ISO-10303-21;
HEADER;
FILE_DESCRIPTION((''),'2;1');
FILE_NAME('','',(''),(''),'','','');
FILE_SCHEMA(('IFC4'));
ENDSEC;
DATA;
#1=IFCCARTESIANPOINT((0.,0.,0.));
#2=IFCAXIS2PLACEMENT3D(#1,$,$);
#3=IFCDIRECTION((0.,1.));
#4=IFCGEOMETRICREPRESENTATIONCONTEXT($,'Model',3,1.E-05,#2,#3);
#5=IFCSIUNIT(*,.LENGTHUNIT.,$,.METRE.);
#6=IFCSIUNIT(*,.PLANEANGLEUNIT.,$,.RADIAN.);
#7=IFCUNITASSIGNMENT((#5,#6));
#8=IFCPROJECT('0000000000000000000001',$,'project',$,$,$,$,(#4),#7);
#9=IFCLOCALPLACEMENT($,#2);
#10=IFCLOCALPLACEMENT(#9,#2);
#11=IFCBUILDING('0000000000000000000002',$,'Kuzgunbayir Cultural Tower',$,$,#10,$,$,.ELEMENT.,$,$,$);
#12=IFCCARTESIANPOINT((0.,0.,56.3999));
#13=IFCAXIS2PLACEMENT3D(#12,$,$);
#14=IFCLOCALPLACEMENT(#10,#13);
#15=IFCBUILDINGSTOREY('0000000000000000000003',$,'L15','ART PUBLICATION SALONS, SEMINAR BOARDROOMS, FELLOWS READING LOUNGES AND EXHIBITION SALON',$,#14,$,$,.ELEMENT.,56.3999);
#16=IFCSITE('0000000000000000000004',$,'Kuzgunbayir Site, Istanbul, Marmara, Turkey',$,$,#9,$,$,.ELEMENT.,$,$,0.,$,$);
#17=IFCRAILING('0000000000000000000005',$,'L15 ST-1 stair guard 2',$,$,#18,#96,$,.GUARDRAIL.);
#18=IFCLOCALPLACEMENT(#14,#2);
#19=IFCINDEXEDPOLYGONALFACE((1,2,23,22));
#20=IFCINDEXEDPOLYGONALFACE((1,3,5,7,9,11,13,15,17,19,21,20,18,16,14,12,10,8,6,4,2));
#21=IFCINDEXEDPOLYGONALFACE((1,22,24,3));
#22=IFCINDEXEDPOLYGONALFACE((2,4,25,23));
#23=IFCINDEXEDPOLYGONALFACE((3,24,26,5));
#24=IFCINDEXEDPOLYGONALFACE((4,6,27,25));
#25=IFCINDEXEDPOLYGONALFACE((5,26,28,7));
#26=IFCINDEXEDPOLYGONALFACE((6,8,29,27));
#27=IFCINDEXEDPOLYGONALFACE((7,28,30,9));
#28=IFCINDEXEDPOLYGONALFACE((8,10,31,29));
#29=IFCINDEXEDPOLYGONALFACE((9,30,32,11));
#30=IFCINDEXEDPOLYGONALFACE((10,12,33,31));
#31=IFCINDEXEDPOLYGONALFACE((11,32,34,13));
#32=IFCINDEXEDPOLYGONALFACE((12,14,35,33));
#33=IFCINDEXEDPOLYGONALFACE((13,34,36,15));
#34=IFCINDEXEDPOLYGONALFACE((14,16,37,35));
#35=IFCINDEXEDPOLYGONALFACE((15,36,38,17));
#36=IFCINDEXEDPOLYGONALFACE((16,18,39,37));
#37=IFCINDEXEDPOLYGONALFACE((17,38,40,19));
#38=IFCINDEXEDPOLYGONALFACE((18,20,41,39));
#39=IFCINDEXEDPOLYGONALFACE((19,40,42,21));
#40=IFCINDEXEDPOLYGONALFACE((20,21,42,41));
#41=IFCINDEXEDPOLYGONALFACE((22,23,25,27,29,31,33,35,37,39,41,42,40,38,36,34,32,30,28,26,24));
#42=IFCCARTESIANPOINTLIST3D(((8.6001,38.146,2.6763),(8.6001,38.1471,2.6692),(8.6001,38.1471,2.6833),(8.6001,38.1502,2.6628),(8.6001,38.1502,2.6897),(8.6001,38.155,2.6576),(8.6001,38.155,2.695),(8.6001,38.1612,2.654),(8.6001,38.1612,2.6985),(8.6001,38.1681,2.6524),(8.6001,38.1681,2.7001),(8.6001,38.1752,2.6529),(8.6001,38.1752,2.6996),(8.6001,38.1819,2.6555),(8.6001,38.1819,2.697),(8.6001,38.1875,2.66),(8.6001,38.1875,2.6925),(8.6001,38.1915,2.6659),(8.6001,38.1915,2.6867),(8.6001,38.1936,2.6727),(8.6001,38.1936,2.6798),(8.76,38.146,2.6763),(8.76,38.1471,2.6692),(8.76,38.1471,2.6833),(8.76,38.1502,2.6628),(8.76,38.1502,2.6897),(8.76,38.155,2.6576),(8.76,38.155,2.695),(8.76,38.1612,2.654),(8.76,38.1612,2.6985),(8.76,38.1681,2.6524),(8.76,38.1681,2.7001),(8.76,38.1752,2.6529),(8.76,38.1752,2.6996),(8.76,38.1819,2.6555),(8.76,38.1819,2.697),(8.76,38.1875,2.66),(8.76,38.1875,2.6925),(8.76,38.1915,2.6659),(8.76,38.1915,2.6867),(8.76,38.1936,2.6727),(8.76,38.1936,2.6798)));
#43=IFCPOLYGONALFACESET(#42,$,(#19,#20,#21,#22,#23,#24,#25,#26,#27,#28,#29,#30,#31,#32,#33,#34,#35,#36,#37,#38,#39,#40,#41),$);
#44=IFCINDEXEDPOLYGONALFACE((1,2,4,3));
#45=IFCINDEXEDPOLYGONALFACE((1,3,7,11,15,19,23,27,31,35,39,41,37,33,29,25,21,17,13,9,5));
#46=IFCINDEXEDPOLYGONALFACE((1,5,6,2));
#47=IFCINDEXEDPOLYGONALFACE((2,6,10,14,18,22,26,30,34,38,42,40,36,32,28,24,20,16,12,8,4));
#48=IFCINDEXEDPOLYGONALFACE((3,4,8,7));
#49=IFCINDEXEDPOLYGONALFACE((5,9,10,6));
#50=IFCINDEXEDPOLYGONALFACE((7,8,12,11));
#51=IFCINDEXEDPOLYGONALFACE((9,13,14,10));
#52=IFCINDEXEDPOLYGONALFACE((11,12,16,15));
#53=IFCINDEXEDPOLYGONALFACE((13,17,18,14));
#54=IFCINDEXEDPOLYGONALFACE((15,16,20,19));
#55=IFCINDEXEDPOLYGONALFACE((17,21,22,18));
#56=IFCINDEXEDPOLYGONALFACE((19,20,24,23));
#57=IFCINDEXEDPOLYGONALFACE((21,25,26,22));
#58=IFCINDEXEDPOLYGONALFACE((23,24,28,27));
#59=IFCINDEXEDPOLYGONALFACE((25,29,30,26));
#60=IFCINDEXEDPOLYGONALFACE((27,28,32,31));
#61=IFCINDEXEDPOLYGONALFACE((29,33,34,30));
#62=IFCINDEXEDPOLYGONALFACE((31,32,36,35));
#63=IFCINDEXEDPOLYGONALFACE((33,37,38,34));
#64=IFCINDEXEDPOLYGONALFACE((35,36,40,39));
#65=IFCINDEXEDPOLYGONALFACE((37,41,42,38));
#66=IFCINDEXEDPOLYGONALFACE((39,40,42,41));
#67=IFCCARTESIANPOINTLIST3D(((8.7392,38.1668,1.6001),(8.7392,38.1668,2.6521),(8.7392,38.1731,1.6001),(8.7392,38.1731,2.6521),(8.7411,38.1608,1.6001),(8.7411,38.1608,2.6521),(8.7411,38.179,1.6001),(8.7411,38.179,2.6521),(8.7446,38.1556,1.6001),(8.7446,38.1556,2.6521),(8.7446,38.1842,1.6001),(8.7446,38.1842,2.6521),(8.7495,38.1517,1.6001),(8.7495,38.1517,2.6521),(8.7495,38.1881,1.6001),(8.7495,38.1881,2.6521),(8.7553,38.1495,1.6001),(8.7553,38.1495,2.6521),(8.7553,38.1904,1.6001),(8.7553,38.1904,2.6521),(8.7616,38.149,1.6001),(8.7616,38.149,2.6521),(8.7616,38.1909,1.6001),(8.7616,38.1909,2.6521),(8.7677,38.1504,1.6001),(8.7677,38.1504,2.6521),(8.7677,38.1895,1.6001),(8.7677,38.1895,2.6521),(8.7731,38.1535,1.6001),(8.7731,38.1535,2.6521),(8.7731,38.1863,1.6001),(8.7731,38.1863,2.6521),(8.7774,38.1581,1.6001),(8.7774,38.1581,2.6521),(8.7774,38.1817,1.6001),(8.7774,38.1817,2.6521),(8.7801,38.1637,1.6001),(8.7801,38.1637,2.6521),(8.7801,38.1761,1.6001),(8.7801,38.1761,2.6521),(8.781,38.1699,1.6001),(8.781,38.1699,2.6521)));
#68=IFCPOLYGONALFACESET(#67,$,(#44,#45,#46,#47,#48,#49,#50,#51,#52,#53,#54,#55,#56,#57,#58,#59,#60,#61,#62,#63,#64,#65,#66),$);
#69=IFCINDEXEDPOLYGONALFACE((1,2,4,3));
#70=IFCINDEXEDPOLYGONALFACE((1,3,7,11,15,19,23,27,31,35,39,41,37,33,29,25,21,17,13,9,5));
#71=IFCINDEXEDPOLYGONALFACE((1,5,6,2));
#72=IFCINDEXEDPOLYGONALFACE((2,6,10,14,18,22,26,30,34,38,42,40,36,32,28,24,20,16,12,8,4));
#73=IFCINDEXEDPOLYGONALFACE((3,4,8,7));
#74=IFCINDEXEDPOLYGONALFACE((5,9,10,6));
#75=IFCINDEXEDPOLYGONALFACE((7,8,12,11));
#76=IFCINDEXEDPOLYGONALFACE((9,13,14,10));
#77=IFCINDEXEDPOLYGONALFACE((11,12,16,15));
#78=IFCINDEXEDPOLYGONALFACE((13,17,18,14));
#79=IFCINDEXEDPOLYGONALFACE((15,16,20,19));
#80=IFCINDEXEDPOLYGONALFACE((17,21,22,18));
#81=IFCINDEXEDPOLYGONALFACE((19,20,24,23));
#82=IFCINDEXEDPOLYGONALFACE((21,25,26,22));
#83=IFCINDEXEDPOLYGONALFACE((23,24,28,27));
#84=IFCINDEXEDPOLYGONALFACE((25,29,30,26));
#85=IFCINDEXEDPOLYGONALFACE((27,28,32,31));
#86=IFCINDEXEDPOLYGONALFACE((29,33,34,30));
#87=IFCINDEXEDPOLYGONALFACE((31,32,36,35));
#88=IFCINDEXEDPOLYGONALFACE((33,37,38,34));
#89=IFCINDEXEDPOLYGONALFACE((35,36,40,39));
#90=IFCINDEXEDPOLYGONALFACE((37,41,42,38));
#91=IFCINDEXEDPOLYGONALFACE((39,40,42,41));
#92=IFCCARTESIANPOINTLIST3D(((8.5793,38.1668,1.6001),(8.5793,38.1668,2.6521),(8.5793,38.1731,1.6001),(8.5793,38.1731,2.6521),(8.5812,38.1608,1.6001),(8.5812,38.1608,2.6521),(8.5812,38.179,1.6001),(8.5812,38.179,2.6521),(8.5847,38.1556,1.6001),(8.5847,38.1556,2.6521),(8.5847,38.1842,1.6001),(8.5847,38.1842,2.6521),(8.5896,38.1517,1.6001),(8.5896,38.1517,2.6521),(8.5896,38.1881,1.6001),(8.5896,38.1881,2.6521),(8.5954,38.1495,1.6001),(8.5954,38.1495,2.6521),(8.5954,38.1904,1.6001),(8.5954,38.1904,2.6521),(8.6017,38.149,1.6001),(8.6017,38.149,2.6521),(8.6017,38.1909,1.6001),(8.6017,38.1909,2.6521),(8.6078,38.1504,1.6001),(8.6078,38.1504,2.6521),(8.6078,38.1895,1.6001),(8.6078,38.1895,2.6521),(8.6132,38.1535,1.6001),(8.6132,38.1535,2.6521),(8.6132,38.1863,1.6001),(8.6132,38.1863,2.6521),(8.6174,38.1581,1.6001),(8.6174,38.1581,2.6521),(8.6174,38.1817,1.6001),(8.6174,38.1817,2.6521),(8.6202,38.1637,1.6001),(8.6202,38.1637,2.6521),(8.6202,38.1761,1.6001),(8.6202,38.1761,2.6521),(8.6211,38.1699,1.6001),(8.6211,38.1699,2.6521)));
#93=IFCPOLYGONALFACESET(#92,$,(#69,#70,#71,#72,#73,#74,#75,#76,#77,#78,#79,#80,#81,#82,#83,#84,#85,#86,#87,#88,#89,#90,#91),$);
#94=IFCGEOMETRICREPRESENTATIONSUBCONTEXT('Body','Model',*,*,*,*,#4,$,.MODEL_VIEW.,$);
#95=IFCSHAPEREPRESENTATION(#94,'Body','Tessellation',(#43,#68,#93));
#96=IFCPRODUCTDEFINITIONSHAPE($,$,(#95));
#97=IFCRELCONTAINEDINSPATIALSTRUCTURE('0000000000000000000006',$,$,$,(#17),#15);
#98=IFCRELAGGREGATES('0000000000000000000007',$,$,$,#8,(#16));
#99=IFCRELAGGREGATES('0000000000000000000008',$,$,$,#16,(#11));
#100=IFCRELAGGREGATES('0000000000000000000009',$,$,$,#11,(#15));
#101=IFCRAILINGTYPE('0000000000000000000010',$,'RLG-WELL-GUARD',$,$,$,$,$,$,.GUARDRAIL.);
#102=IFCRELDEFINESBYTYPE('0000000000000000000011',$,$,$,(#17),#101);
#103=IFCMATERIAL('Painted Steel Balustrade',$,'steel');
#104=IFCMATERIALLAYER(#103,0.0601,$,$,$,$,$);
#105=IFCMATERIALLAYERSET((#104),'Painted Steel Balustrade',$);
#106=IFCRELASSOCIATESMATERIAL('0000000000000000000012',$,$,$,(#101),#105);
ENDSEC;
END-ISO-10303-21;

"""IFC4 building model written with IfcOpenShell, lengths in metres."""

from ifc_helpers import new_model, si_unit, direction, frame, origin, origin_2d, place, context, subcontext, project, spatial, circle, extrude, material, layer, layer_set, type_object, element, save


model = new_model("IFC4")

# Units and contexts
model_context = context("Model", 3, precision=1e-05, world=origin(), true_north=direction((0.0, 1.0)))
body_context = subcontext(model_context, "Body", "Model", "MODEL_VIEW")
ifc_project = project(units=[si_unit("LENGTHUNIT", "METRE"), si_unit("PLANEANGLEUNIT", "RADIAN")], contexts=[model_context])

# Site, building, storey
site_placement = place(None, origin())
site = spatial("IfcSite", under=ifc_project, at=site_placement, Name="Kuzgunbayir Site, Istanbul, Marmara, Turkey", CompositionType="ELEMENT", RefElevation=0.0)
building_placement = place(site_placement, origin())
building = spatial("IfcBuilding", under=site, at=building_placement, Name="Kuzgunbayir Cultural Tower", CompositionType="ELEMENT")
storey_placement = place(building_placement, frame((0.0, 0.0, 56.3999)))
storey = spatial("IfcBuildingStorey", under=building, at=storey_placement, Name="L15", Description="ART PUBLICATION SALONS, SEMINAR BOARDROOMS, FELLOWS READING LOUNGES AND EXHIBITION SALON", CompositionType="ELEMENT", Elevation=56.3999)

# Railing
ifc_material_1 = material(Name="Painted Steel Balustrade", Category="steel")
ifc_layer_1 = layer(ifc_material_1, 0.0601)
ifc_layer_set_1 = layer_set([ifc_layer_1], Name="Painted Steel Balustrade")
railing_type_1 = type_object("IfcRailingType", Name="RLG-WELL-GUARD", PredefinedType="GUARDRAIL", material=ifc_layer_set_1)
railing_1_placement = place(storey_placement, frame((8.76, 38.1699, 1.6001)))
element("IfcRailing", 1, at=railing_1_placement, inside=storey, type_object=railing_type_1, Name="L15 ST-1 stair guard 2", PredefinedType="GUARDRAIL", context=body_context, shape_type="SweptSolid", body=[
    extrude(circle(Radius=0.0239, at=origin_2d()), frame((0.0, 0.0, 1.0762), z_axis=(-1.0, 0.0, 0.0), x_axis=(0.0, -1.0, 0.0)), (0.0, 0.0, 1.0), 0.1599),
    extrude(circle(Radius=0.021, at=origin_2d()), origin(), (0.0, 0.0, 1.0), 1.052),
    extrude(circle(Radius=0.021, at=origin_2d()), frame((-0.1599, 0.0, 0.0)), (0.0, 0.0, 1.0), 1.052),
])

save(model, "model.ifc")
